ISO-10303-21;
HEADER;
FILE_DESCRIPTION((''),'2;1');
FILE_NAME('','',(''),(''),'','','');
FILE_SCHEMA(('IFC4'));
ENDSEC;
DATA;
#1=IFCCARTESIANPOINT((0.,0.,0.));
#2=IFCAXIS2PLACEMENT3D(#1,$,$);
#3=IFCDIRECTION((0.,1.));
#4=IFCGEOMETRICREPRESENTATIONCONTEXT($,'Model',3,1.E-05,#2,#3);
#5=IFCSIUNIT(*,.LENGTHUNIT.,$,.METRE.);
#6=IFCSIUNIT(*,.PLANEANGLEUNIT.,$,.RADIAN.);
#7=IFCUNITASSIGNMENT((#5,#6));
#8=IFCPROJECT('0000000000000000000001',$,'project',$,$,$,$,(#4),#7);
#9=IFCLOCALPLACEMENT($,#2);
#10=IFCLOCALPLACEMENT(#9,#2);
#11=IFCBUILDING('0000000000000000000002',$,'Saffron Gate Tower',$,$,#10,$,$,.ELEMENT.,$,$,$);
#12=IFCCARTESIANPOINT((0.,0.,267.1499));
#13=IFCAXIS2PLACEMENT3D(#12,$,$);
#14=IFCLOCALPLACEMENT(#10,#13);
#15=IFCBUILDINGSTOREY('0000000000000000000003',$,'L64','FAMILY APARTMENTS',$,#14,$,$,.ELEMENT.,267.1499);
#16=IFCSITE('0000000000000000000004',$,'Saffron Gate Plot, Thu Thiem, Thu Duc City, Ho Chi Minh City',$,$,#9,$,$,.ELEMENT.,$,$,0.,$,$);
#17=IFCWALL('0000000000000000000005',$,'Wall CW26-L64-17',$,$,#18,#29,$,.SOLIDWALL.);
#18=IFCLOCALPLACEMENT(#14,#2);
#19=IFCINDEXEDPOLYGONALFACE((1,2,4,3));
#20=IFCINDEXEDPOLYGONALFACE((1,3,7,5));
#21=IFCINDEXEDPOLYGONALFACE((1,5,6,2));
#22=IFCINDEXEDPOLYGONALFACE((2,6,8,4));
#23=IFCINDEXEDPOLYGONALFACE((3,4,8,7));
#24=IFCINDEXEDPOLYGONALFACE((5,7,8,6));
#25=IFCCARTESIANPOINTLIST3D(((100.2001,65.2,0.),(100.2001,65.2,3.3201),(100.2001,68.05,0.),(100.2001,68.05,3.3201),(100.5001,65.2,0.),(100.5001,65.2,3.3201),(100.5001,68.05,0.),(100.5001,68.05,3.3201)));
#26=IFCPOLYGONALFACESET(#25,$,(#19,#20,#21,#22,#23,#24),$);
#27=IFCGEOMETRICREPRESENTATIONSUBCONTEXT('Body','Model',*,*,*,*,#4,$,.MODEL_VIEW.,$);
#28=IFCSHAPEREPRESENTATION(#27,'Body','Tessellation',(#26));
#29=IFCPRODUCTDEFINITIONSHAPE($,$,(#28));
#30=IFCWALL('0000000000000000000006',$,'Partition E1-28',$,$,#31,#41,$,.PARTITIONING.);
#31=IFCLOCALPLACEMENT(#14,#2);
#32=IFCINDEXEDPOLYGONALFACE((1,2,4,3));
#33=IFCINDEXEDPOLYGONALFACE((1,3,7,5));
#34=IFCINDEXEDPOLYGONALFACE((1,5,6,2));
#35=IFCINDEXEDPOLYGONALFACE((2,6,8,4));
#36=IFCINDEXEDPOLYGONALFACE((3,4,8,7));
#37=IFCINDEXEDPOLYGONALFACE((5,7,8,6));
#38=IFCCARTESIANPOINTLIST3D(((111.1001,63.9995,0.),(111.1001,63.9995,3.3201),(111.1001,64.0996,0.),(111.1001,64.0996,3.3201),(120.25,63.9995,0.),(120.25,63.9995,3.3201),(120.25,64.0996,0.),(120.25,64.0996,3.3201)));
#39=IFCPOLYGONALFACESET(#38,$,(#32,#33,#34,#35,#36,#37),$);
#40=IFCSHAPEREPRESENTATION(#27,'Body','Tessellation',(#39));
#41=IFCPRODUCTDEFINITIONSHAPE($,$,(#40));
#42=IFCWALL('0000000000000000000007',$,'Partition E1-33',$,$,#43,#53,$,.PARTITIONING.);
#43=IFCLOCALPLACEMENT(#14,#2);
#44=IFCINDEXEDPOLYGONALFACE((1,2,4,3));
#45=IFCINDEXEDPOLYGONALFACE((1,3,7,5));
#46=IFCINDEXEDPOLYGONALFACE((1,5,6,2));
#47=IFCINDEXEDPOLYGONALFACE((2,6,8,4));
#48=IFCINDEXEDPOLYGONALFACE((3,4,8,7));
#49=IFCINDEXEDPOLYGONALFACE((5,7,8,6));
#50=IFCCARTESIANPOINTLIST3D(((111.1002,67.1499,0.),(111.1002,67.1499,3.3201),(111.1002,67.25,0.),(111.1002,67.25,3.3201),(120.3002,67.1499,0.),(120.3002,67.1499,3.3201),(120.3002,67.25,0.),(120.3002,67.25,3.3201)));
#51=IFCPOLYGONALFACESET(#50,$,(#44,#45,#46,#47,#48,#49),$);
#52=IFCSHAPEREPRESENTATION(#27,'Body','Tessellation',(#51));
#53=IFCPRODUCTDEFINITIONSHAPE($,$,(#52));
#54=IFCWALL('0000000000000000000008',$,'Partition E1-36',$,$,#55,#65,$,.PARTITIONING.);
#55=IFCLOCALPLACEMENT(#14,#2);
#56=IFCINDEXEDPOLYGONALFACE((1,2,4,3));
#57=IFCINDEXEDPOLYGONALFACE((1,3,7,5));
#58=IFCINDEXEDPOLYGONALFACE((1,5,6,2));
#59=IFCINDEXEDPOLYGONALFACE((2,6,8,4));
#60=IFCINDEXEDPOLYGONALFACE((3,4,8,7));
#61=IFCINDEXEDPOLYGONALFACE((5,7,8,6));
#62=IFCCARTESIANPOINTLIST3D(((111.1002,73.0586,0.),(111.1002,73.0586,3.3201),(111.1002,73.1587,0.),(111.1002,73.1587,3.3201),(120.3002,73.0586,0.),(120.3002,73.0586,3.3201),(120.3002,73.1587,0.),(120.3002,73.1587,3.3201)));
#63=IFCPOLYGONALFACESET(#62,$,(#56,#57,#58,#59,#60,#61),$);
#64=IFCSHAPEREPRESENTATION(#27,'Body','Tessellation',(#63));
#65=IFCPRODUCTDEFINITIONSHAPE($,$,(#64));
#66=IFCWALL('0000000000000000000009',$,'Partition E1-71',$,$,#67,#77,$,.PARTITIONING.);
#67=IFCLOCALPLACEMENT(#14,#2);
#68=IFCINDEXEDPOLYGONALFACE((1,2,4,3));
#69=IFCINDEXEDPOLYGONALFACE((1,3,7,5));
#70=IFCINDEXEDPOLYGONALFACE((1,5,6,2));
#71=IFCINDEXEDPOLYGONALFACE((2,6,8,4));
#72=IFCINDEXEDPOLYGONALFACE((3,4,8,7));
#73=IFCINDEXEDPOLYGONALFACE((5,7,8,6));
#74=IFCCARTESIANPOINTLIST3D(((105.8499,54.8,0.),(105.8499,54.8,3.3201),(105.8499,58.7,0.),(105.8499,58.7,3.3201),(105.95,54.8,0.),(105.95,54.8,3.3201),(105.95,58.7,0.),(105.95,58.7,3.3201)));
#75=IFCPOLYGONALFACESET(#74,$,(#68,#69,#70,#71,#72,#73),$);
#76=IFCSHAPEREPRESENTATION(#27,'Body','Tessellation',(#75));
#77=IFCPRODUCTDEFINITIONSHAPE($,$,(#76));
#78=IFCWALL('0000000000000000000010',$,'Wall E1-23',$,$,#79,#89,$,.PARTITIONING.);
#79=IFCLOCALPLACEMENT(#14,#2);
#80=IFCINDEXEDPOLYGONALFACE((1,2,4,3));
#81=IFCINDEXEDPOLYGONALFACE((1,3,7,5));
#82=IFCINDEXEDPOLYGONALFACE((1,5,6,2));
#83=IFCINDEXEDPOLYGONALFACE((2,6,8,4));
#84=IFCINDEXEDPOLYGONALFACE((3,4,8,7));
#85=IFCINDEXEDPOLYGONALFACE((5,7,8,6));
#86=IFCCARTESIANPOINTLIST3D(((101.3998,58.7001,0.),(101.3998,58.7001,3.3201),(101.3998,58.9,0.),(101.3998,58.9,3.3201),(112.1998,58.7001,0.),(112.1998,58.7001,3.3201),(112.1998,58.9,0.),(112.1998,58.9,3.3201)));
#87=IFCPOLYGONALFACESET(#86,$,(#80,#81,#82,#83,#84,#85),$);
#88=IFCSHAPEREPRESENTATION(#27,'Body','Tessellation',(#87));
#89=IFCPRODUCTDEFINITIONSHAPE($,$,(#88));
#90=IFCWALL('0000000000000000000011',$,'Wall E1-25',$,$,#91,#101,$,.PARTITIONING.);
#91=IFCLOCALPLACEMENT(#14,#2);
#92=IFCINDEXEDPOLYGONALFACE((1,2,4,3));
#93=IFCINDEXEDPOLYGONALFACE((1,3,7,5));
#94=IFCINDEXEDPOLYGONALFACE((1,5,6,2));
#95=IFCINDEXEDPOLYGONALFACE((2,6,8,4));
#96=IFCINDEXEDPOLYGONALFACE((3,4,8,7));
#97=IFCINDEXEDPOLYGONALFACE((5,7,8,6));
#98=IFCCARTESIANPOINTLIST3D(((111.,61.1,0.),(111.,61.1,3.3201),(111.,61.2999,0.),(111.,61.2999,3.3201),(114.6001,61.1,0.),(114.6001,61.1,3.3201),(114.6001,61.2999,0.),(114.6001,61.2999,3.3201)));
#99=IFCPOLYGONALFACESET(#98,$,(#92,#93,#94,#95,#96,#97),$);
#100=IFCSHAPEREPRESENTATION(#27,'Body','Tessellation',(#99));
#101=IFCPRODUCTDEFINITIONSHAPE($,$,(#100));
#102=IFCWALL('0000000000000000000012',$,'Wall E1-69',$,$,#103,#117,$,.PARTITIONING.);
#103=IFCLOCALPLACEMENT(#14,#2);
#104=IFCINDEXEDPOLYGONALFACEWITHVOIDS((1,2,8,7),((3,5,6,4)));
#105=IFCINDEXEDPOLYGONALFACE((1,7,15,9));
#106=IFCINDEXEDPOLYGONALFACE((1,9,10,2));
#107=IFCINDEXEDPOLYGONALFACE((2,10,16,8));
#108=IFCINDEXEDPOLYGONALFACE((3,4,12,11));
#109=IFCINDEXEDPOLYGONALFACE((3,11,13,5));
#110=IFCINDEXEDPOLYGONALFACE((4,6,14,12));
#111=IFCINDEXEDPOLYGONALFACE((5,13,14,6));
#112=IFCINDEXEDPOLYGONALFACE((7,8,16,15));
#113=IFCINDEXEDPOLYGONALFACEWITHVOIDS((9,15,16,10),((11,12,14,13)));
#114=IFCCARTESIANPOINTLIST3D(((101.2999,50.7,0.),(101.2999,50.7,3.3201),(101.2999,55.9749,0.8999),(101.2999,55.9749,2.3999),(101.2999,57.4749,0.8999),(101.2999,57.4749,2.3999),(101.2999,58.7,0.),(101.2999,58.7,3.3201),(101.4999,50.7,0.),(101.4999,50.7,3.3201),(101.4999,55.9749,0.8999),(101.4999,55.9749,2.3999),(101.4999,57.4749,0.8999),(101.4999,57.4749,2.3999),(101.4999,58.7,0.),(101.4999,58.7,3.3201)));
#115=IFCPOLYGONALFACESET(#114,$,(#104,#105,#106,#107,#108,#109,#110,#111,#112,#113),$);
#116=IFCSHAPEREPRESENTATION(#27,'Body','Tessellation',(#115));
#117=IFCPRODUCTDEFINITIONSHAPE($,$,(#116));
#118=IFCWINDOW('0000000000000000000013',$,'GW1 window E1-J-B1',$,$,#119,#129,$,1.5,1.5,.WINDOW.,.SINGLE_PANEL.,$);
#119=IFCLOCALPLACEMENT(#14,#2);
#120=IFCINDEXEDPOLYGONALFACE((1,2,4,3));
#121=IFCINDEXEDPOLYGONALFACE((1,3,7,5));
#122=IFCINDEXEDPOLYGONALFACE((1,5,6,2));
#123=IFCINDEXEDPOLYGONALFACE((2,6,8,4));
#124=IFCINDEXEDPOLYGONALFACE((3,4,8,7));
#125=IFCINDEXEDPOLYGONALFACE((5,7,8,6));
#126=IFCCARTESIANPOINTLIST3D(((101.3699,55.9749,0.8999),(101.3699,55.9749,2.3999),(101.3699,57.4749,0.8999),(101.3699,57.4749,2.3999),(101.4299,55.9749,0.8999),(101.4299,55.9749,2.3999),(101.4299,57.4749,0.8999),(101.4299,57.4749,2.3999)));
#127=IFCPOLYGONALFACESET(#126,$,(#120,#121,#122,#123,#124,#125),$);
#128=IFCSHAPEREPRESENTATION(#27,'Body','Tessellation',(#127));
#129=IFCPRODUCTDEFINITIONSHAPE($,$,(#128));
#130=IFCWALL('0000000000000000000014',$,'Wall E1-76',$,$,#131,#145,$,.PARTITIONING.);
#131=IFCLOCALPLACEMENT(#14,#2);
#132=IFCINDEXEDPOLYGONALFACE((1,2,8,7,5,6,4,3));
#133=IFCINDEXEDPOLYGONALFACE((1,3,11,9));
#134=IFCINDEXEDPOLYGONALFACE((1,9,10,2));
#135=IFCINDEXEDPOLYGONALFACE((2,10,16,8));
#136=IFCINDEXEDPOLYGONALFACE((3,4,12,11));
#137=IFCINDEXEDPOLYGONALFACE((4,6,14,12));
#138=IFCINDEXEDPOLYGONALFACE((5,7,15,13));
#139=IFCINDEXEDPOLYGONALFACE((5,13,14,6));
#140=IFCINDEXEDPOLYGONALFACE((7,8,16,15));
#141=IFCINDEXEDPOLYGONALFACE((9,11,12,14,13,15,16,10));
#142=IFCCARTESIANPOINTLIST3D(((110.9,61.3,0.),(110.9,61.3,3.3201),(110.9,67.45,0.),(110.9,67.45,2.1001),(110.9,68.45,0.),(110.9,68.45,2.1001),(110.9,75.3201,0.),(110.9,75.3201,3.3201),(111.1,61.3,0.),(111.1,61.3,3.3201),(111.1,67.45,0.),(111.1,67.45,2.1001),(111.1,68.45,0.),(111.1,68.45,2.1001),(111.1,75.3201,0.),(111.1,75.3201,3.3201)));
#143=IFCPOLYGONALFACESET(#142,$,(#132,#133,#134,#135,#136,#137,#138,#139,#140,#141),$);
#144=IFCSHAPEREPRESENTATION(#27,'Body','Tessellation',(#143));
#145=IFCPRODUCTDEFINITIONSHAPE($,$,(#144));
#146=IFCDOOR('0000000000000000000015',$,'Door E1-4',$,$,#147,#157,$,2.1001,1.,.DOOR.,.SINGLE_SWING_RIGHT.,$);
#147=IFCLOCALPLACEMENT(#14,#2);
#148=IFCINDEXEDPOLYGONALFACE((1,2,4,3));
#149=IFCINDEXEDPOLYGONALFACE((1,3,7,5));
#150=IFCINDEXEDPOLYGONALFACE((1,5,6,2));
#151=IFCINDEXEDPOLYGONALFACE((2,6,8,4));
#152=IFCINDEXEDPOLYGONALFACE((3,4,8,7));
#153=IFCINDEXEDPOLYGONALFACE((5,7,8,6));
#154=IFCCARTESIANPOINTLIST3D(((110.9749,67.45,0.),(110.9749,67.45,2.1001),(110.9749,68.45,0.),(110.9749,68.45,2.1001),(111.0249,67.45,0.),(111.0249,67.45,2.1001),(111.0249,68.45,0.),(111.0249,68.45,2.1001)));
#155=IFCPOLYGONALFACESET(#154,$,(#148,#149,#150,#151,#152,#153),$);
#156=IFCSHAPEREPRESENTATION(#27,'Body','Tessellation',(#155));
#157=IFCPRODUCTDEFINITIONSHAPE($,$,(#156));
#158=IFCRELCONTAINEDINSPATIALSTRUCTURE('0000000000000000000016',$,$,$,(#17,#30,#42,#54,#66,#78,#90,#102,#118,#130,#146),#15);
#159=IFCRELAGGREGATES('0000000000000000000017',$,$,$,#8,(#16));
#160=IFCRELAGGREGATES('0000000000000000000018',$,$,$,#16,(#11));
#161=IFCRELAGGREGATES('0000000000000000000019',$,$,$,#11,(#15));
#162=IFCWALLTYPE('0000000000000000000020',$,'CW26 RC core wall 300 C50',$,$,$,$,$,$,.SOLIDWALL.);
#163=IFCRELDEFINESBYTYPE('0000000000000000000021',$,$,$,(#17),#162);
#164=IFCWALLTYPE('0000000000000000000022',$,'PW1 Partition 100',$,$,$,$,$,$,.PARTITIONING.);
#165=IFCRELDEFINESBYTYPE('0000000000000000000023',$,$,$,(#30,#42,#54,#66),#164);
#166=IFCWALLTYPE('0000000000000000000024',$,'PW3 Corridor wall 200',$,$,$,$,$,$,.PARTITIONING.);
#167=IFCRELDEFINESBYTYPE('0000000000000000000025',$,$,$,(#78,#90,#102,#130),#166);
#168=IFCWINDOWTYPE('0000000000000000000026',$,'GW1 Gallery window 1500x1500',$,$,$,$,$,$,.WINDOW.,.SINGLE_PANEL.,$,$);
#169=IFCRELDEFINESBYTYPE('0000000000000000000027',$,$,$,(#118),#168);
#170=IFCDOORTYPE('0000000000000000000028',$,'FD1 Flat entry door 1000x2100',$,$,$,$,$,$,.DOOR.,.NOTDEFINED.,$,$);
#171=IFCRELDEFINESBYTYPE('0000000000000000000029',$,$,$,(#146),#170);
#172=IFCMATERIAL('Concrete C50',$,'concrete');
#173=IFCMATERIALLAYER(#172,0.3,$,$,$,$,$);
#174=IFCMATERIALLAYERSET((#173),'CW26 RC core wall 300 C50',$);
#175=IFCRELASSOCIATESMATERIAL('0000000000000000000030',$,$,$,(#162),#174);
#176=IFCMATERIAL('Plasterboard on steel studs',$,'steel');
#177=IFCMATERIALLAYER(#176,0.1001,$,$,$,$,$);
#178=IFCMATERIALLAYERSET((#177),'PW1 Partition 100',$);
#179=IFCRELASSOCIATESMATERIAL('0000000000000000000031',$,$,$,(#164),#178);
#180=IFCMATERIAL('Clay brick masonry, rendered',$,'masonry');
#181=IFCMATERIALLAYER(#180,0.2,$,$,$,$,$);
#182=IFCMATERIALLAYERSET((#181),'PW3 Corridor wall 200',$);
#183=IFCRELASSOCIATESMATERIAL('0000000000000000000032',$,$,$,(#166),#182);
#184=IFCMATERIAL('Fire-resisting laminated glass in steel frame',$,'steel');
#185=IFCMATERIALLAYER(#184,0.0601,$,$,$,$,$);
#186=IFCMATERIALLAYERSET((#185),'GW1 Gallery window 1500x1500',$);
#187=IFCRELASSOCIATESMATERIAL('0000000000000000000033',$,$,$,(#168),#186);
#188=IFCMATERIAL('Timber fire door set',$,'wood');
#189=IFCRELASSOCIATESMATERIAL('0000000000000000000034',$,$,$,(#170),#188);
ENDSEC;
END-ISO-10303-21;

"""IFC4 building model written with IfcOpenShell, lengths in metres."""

from ifc_helpers import new_model, si_unit, direction, frame, frame_2d, origin, place, context, subcontext, project, spatial, rectangle, extrude, material, layer, layer_set, type_object, element, fill, save


model = new_model("IFC4")

# Units and contexts
model_context = context("Model", 3, precision=1e-05, world=origin(), true_north=direction((0.0, 1.0)))
body_context = subcontext(model_context, "Body", "Model", "MODEL_VIEW")
ifc_project = project(units=[si_unit("LENGTHUNIT", "METRE"), si_unit("PLANEANGLEUNIT", "RADIAN")], contexts=[model_context])

# Site, building, storey
site_placement = place(None, origin())
site = spatial("IfcSite", under=ifc_project, at=site_placement, Name="Saffron Gate Plot, Thu Thiem, Thu Duc City, Ho Chi Minh City", CompositionType="ELEMENT", RefElevation=0.0)
building_placement = place(site_placement, origin())
building = spatial("IfcBuilding", under=site, at=building_placement, Name="Saffron Gate Tower", CompositionType="ELEMENT")
storey_placement = place(building_placement, frame((0.0, 0.0, 267.1499)))
storey = spatial("IfcBuildingStorey", under=building, at=storey_placement, Name="L64", Description="FAMILY APARTMENTS", CompositionType="ELEMENT", Elevation=267.1499)

# Shared definitions
ifc_material_1 = material(Name="Concrete C50", Category="concrete")

# Walls
ifc_layer_1 = layer(ifc_material_1, 0.3)
ifc_layer_set_1 = layer_set([ifc_layer_1], Name="CW26 RC core wall 300 C50")
wall_type_1 = type_object("IfcWallType", Name="CW26 RC core wall 300 C50", PredefinedType="SOLIDWALL", material=ifc_layer_set_1)
wall_1_placement = place(storey_placement, frame((100.3501, 65.2, 0.0), z_axis=(0.0, 0.0, 1.0), x_axis=(0.0, 1.0, 0.0)))
element("IfcWall", 1, at=wall_1_placement, inside=storey, type_object=wall_type_1, Name="Wall CW26-L64-17", PredefinedType="SOLIDWALL", context=body_context, shape_type="SweptSolid", body=[
    extrude(rectangle(XDim=2.8501, YDim=0.3, at=frame_2d((1.425, 0.0))), origin(), (0.0, 0.0, 1.0), 3.3201),
])
ifc_material_2 = material(Name="Plasterboard on steel studs", Category="steel")
ifc_layer_2 = layer(ifc_material_2, 0.1001)
ifc_layer_set_2 = layer_set([ifc_layer_2], Name="PW1 Partition 100")
wall_type_2 = type_object("IfcWallType", Name="PW1 Partition 100", PredefinedType="PARTITIONING", material=ifc_layer_set_2)
wall_2_placement = place(storey_placement, frame((111.1001, 64.0496, 0.0), z_axis=(0.0, 0.0, 1.0), x_axis=(1.0, 0.0, 0.0)))
element("IfcWall", 2, at=wall_2_placement, inside=storey, type_object=wall_type_2, Name="Partition E1-28", PredefinedType="PARTITIONING", context=body_context, shape_type="SweptSolid", body=[
    extrude(rectangle(XDim=9.1499, YDim=0.1001, at=frame_2d((4.575, 0.0))), origin(), (0.0, 0.0, 1.0), 3.3201),
])
for number, where, z_axis, x_axis, name in (
    (3, (111.1001, 67.2, 0.0), (0.0, 0.0, 1.0), (1.0, 0.0, 0.0), "Partition E1-33"),
    (4, (111.1001, 73.1086, 0.0), (0.0, 0.0, 1.0), (1.0, 0.0, 0.0), "Partition E1-36"),
):
    element("IfcWall", number, at=place(storey_placement, frame(where, z_axis=z_axis, x_axis=x_axis)), inside=storey, type_object=wall_type_2, Name=name, PredefinedType="PARTITIONING", context=body_context, shape_type="SweptSolid", body=[
        extrude(rectangle(XDim=9.2, YDim=0.1001, at=frame_2d((4.6001, 0.0))), origin(), (0.0, 0.0, 1.0), 3.3201),
    ])
wall_3_placement = place(storey_placement, frame((105.8999, 58.7, 0.0), z_axis=(0.0, 0.0, 1.0), x_axis=(0.0, -1.0, 0.0)))
element("IfcWall", 5, at=wall_3_placement, inside=storey, type_object=wall_type_2, Name="Partition E1-71", PredefinedType="PARTITIONING", context=body_context, shape_type="SweptSolid", body=[
    extrude(rectangle(XDim=3.8999, YDim=0.1001, at=frame_2d((1.95, 0.0))), origin(), (0.0, 0.0, 1.0), 3.3201),
])
ifc_material_3 = material(Name="Clay brick masonry, rendered", Category="masonry")
ifc_layer_3 = layer(ifc_material_3, 0.2)
ifc_layer_set_3 = layer_set([ifc_layer_3], Name="PW3 Corridor wall 200")
wall_type_3 = type_object("IfcWallType", Name="PW3 Corridor wall 200", PredefinedType="PARTITIONING", material=ifc_layer_set_3)
wall_4_placement = place(storey_placement, frame((101.3999, 58.8, 0.0), z_axis=(0.0, 0.0, 1.0), x_axis=(1.0, 0.0, 0.0)))
element("IfcWall", 6, at=wall_4_placement, inside=storey, type_object=wall_type_3, Name="Wall E1-23", PredefinedType="PARTITIONING", context=body_context, shape_type="SweptSolid", body=[
    extrude(rectangle(XDim=10.8, YDim=0.2, at=frame_2d((5.3999, 0.0))), origin(), (0.0, 0.0, 1.0), 3.3201),
])
wall_5_placement = place(storey_placement, frame((111.0, 61.2, 0.0), z_axis=(0.0, 0.0, 1.0), x_axis=(1.0, 0.0, 0.0)))
element("IfcWall", 7, at=wall_5_placement, inside=storey, type_object=wall_type_3, Name="Wall E1-25", PredefinedType="PARTITIONING", context=body_context, shape_type="SweptSolid", body=[
    extrude(rectangle(XDim=3.6001, YDim=0.2, at=frame_2d((1.8, 0.0))), origin(), (0.0, 0.0, 1.0), 3.3201),
])

# Wall, opening, window
wall_6_placement = place(storey_placement, frame((101.3999, 58.7, 0.0), z_axis=(0.0, 0.0, 1.0), x_axis=(0.0, -1.0, 0.0)))
wall_6 = element("IfcWall", 8, at=wall_6_placement, inside=storey, type_object=wall_type_3, Name="Wall E1-69", PredefinedType="PARTITIONING", context=body_context, shape_type="SweptSolid", body=[
    extrude(rectangle(XDim=8.0, YDim=0.2, at=frame_2d((4.0, 0.0))), origin(), (0.0, 0.0, 1.0), 3.3201),
])
opening_1_placement = place(wall_6_placement, frame((1.2251, 0.0, 0.8999)))
opening_1 = element("IfcOpeningElement", 9, at=opening_1_placement, cuts=wall_6, PredefinedType="OPENING", context=body_context, shape_type="SweptSolid", body=[
    extrude(rectangle(XDim=1.5, YDim=1.5, at=frame_2d((0.75, 0.75))), frame((0.0, 0.1099, 0.0), z_axis=(0.0, -1.0, 0.0), x_axis=(1.0, 0.0, 0.0)), (0.0, 0.0, 1.0), 0.22),
])
ifc_material_4 = material(Name="Fire-resisting laminated glass in steel frame", Category="steel")
ifc_layer_4 = layer(ifc_material_4, 0.0601)
ifc_layer_set_4 = layer_set([ifc_layer_4], Name="GW1 Gallery window 1500x1500")
window_type = type_object("IfcWindowType", Name="GW1 Gallery window 1500x1500", PartitioningType="SINGLE_PANEL", PredefinedType="WINDOW", material=ifc_layer_set_4)
window_placement = place(opening_1_placement, origin())
window = element("IfcWindow", 10, at=window_placement, inside=storey, type_object=window_type, Name="GW1 window E1-J-B1", OverallHeight=1.5, OverallWidth=1.5, PartitioningType="SINGLE_PANEL", PredefinedType="WINDOW", context=body_context, shape_type="SweptSolid", body=[
    extrude(rectangle(XDim=1.5, YDim=1.5, at=frame_2d((0.75, 0.75))), frame((0.0, 0.03, 0.0), z_axis=(0.0, -1.0, 0.0), x_axis=(1.0, 0.0, 0.0)), (0.0, 0.0, 1.0), 0.0601),
])
fill(opening_1, window)

# Wall, opening, door
wall_7_placement = place(storey_placement, frame((111.0, 75.3201, 0.0), z_axis=(0.0, 0.0, 1.0), x_axis=(0.0, -1.0, 0.0)))
wall_7 = element("IfcWall", 11, at=wall_7_placement, inside=storey, type_object=wall_type_3, Name="Wall E1-76", PredefinedType="PARTITIONING", context=body_context, shape_type="SweptSolid", body=[
    extrude(rectangle(XDim=14.02, YDim=0.2, at=frame_2d((7.01, 0.0))), origin(), (0.0, 0.0, 1.0), 3.3201),
])
opening_2_placement = place(wall_7_placement, frame((6.8701, 0.0, 0.0)))
opening_2 = element("IfcOpeningElement", 12, at=opening_2_placement, cuts=wall_7, PredefinedType="OPENING", context=body_context, shape_type="SweptSolid", body=[
    extrude(rectangle(XDim=1.0, YDim=2.1001, at=frame_2d((0.5, 1.05))), frame((0.0, 0.1099, 0.0), z_axis=(0.0, -1.0, 0.0), x_axis=(1.0, 0.0, 0.0)), (0.0, 0.0, 1.0), 0.22),
])
ifc_material_5 = material(Name="Timber fire door set", Category="wood")
door_type_1 = type_object("IfcDoorType", Name="FD1 Flat entry door 1000x2100", OperationType="NOTDEFINED", PredefinedType="DOOR", material=ifc_material_5)
door_1_placement = place(opening_2_placement, origin())
door_1 = element("IfcDoor", 13, at=door_1_placement, inside=storey, type_object=door_type_1, Name="Door E1-4", OperationType="SINGLE_SWING_RIGHT", OverallHeight=2.1001, OverallWidth=1.0, PredefinedType="DOOR", context=body_context, shape_type="SweptSolid", body=[
    extrude(rectangle(XDim=1.0, YDim=2.1001, at=frame_2d((0.5, 1.05))), frame((0.0, 0.0249, 0.0), z_axis=(0.0, -1.0, 0.0), x_axis=(1.0, 0.0, 0.0)), (0.0, 0.0, 1.0), 0.05),
])
fill(opening_2, door_1)

save(model, "model.ifc")
